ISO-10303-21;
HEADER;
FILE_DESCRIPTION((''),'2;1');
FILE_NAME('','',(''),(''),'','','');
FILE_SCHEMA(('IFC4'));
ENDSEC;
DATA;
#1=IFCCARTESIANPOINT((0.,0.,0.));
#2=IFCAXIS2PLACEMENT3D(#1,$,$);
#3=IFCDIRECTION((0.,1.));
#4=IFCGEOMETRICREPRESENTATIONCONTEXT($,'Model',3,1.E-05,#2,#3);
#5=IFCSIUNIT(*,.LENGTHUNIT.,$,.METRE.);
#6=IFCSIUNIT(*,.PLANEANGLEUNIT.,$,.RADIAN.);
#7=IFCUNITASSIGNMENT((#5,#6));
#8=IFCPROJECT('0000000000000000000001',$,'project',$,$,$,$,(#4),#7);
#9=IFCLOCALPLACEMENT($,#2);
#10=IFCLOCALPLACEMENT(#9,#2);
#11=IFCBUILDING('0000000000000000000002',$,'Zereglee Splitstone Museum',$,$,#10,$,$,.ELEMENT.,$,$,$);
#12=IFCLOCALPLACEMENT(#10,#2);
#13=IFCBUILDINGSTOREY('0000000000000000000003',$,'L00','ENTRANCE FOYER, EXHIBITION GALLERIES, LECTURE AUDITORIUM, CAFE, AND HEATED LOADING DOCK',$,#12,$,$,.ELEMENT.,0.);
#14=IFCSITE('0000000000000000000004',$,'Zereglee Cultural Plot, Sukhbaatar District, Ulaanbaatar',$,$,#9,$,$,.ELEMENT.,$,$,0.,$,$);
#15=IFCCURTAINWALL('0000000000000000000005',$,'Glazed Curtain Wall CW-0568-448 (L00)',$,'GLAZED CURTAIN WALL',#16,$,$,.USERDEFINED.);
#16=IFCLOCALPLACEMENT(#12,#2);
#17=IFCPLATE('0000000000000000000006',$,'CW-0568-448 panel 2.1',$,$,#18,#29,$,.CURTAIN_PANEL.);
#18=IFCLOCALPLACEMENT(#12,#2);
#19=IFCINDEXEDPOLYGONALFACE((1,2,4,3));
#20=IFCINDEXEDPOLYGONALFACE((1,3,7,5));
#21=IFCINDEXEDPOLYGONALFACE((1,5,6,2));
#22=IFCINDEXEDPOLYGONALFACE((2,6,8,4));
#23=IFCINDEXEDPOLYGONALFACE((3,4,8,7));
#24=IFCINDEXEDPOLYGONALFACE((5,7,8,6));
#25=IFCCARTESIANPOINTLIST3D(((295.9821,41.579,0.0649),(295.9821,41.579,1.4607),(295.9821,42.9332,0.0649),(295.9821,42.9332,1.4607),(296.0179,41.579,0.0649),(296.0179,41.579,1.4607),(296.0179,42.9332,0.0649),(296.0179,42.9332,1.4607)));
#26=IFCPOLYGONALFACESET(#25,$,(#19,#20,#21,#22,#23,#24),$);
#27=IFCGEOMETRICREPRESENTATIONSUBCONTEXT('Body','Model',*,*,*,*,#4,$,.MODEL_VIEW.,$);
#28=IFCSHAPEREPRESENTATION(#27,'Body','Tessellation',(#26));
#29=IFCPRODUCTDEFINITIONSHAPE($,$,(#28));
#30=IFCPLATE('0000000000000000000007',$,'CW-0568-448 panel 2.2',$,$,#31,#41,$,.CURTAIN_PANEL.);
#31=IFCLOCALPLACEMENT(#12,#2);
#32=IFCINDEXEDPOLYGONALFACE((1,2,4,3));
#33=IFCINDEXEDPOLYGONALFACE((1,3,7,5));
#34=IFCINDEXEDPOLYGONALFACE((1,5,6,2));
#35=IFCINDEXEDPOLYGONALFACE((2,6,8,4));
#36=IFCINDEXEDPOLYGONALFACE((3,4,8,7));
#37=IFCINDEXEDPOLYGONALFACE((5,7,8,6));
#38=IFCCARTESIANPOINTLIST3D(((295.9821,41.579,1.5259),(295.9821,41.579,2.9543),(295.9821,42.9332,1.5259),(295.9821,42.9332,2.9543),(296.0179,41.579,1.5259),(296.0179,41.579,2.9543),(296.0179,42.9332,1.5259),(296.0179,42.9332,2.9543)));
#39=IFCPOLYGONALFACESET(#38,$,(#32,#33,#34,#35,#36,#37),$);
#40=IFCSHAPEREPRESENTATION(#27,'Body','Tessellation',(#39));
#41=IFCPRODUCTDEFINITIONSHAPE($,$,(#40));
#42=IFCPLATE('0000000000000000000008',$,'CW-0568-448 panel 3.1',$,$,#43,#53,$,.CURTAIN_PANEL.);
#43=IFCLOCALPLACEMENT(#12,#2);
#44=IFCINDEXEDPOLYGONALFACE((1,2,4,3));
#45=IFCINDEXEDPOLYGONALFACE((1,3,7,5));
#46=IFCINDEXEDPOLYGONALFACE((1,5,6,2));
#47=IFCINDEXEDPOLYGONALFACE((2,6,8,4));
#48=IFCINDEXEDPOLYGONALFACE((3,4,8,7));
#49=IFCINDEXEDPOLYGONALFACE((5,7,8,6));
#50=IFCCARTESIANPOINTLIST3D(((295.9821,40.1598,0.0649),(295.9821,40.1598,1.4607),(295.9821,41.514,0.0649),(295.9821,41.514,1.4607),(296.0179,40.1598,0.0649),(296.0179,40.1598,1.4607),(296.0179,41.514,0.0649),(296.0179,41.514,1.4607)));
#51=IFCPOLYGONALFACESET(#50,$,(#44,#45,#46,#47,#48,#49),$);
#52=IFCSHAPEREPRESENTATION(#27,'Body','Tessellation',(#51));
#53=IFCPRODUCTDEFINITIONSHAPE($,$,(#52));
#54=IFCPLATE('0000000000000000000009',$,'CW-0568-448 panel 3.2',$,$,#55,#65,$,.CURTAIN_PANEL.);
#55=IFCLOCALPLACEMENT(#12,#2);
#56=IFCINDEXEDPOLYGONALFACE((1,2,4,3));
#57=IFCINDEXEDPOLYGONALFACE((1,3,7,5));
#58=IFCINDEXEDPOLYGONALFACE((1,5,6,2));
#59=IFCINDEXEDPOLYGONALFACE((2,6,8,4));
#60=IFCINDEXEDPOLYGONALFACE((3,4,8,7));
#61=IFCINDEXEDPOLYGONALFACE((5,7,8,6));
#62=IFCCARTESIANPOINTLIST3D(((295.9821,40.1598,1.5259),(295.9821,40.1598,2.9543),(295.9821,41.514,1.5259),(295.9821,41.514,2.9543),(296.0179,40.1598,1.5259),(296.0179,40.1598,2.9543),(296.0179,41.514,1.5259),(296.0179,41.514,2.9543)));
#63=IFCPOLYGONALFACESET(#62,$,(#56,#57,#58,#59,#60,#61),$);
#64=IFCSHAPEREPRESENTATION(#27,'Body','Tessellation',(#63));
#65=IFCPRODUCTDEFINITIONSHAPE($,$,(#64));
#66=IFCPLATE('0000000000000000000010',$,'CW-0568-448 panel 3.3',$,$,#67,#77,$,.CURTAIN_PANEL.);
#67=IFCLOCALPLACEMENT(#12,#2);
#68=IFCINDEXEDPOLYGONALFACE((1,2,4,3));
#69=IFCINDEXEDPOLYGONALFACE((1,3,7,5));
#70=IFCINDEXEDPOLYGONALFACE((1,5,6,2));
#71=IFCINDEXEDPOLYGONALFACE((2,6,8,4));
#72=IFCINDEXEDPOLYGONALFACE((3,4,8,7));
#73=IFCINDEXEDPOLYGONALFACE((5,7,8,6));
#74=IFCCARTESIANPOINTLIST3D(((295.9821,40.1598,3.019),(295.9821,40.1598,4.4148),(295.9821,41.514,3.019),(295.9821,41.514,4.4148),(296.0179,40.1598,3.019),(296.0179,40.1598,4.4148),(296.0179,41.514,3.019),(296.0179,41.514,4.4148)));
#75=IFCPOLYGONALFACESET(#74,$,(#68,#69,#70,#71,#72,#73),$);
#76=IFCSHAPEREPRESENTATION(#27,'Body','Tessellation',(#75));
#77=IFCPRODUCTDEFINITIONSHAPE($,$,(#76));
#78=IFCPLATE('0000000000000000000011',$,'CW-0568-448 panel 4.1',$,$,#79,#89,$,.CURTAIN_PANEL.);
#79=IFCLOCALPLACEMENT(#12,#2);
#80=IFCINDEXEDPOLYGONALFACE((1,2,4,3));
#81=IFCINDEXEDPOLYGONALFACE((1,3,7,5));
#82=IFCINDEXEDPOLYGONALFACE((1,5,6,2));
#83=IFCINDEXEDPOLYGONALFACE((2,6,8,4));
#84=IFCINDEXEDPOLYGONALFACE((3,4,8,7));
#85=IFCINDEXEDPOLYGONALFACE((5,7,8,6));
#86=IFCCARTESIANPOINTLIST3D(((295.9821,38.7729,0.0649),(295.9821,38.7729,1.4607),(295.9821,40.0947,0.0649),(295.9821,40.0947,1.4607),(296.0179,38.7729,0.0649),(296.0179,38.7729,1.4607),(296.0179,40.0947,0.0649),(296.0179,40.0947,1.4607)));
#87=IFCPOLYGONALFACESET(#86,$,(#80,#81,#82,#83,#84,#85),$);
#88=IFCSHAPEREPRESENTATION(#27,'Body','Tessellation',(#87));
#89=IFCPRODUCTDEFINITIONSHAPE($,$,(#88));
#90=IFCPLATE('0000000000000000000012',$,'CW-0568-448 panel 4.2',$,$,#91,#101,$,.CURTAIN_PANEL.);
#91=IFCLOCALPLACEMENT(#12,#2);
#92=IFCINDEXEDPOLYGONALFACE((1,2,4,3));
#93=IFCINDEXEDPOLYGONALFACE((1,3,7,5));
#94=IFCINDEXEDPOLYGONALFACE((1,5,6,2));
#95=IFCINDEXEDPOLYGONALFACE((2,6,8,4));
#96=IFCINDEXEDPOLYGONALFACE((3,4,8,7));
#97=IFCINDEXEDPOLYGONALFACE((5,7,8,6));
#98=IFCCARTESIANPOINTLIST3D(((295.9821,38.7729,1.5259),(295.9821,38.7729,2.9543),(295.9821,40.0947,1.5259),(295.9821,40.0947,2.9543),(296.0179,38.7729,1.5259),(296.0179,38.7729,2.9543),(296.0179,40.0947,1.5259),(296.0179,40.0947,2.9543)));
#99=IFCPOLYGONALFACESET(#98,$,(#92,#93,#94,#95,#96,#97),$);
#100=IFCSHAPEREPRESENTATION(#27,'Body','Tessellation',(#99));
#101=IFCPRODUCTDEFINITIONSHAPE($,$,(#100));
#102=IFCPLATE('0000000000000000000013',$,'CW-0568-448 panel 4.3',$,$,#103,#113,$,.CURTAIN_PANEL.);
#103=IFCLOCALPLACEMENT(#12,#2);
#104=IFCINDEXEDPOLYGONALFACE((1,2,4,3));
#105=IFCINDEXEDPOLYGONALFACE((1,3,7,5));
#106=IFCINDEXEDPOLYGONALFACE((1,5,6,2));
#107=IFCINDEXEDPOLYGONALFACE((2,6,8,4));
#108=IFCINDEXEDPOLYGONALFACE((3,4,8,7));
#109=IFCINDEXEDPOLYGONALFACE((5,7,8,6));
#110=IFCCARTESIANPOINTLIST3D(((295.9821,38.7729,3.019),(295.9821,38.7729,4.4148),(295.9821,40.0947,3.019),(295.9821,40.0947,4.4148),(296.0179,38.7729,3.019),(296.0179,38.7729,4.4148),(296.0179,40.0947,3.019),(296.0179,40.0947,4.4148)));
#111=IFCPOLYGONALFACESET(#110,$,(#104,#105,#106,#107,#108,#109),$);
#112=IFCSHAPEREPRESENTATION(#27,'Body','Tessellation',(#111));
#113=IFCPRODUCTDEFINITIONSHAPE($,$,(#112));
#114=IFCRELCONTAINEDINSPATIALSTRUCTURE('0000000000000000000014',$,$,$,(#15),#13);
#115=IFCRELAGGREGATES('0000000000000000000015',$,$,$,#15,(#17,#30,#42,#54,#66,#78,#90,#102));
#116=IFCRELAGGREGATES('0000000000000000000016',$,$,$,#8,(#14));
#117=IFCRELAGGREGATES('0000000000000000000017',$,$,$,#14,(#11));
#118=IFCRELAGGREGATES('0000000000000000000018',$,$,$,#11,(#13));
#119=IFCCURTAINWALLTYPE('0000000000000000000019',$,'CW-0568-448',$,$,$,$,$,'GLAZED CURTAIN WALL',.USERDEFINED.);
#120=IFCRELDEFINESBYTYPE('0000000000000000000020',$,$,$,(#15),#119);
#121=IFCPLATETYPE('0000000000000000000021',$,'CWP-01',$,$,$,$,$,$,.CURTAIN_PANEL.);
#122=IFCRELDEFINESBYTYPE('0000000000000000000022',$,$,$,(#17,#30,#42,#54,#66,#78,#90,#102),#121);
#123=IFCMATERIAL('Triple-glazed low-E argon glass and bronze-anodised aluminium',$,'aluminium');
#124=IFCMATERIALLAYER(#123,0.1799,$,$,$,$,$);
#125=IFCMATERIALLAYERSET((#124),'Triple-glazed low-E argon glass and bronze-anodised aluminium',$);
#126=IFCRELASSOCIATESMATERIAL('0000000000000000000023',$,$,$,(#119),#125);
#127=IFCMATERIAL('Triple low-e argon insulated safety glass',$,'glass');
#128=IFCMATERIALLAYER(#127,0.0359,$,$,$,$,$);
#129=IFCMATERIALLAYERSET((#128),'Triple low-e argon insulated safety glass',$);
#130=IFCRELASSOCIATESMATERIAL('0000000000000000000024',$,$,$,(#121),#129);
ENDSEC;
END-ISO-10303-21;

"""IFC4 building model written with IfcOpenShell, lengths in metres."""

from ifc_helpers import new_model, si_unit, direction, frame, origin, origin_2d, place, context, subcontext, project, spatial, rectangle, extrude, material, layer, layer_set, type_object, element, aggregate, save


model = new_model("IFC4")

# Units and contexts
model_context = context("Model", 3, precision=1e-05, world=origin(), true_north=direction((0.0, 1.0)))
body_context = subcontext(model_context, "Body", "Model", "MODEL_VIEW")
ifc_project = project(units=[si_unit("LENGTHUNIT", "METRE"), si_unit("PLANEANGLEUNIT", "RADIAN")], contexts=[model_context])

# Site, building, storey
site_placement = place(None, origin())
site = spatial("IfcSite", under=ifc_project, at=site_placement, Name="Zereglee Cultural Plot, Sukhbaatar District, Ulaanbaatar", CompositionType="ELEMENT", RefElevation=0.0)
building_placement = place(site_placement, origin())
building = spatial("IfcBuilding", under=site, at=building_placement, Name="Zereglee Splitstone Museum", CompositionType="ELEMENT")
storey_placement = place(building_placement, origin())
storey = spatial("IfcBuildingStorey", under=building, at=storey_placement, Name="L00", Description="ENTRANCE FOYER, EXHIBITION GALLERIES, LECTURE AUDITORIUM, CAFE, AND HEATED LOADING DOCK", CompositionType="ELEMENT", Elevation=0.0)

# Curtain wall
ifc_material_1 = material(Name="Triple-glazed low-E argon glass and bronze-anodised aluminium", Category="aluminium")
ifc_layer_1 = layer(ifc_material_1, 0.1799)
ifc_layer_set_1 = layer_set([ifc_layer_1], Name="Triple-glazed low-E argon glass and bronze-anodised aluminium")
curtain_wall_type = type_object("IfcCurtainWallType", Name="CW-0568-448", ElementType="GLAZED CURTAIN WALL", PredefinedType="USERDEFINED", material=ifc_layer_set_1)
curtain_wall_placement = place(storey_placement, origin())
curtain_wall = element("IfcCurtainWall", 1, at=curtain_wall_placement, inside=storey, type_object=curtain_wall_type, Name="Glazed Curtain Wall CW-0568-448 (L00)", ObjectType="GLAZED CURTAIN WALL", PredefinedType="USERDEFINED")

# Plates
ifc_material_2 = material(Name="Triple low-e argon insulated safety glass", Category="glass")
ifc_layer_2 = layer(ifc_material_2, 0.0359)
ifc_layer_set_2 = layer_set([ifc_layer_2], Name="Triple low-e argon insulated safety glass")
plate_type = type_object("IfcPlateType", Name="CWP-01", PredefinedType="CURTAIN_PANEL", material=ifc_layer_set_2)
plate_1_placement = place(storey_placement, frame((296.0, 42.2561, 0.0649), z_axis=(0.0, 0.0, 1.0), x_axis=(0.0, -1.0, 0.0)))
plate_1 = element("IfcPlate", 2, at=plate_1_placement, type_object=plate_type, Name="CW-0568-448 panel 2.1", PredefinedType="CURTAIN_PANEL", context=body_context, shape_type="SweptSolid", body=[
    extrude(rectangle(XDim=1.3542, YDim=0.0359, at=origin_2d()), origin(), (0.0, 0.0, 1.0), 1.3958),
])
plate_2_placement = place(storey_placement, frame((296.0, 42.2561, 1.5259), z_axis=(0.0, 0.0, 1.0), x_axis=(0.0, -1.0, 0.0)))
plate_2 = element("IfcPlate", 3, at=plate_2_placement, type_object=plate_type, Name="CW-0568-448 panel 2.2", PredefinedType="CURTAIN_PANEL", context=body_context, shape_type="SweptSolid", body=[
    extrude(rectangle(XDim=1.3542, YDim=0.0359, at=origin_2d()), origin(), (0.0, 0.0, 1.0), 1.4285),
])
plate_3_placement = place(storey_placement, frame((296.0, 40.8369, 0.0649), z_axis=(0.0, 0.0, 1.0), x_axis=(0.0, -1.0, 0.0)))
plate_3 = element("IfcPlate", 4, at=plate_3_placement, type_object=plate_type, Name="CW-0568-448 panel 3.1", PredefinedType="CURTAIN_PANEL", context=body_context, shape_type="SweptSolid", body=[
    extrude(rectangle(XDim=1.3542, YDim=0.0359, at=origin_2d()), origin(), (0.0, 0.0, 1.0), 1.3958),
])
plate_4_placement = place(storey_placement, frame((296.0, 40.8369, 1.5259), z_axis=(0.0, 0.0, 1.0), x_axis=(0.0, -1.0, 0.0)))
plate_4 = element("IfcPlate", 5, at=plate_4_placement, type_object=plate_type, Name="CW-0568-448 panel 3.2", PredefinedType="CURTAIN_PANEL", context=body_context, shape_type="SweptSolid", body=[
    extrude(rectangle(XDim=1.3542, YDim=0.0359, at=origin_2d()), origin(), (0.0, 0.0, 1.0), 1.4285),
])
plate_5_placement = place(storey_placement, frame((296.0, 40.8369, 3.019), z_axis=(0.0, 0.0, 1.0), x_axis=(0.0, -1.0, 0.0)))
plate_5 = element("IfcPlate", 6, at=plate_5_placement, type_object=plate_type, Name="CW-0568-448 panel 3.3", PredefinedType="CURTAIN_PANEL", context=body_context, shape_type="SweptSolid", body=[
    extrude(rectangle(XDim=1.3542, YDim=0.0359, at=origin_2d()), origin(), (0.0, 0.0, 1.0), 1.3958),
])
plate_6_placement = place(storey_placement, frame((296.0, 39.4338, 0.0649), z_axis=(0.0, 0.0, 1.0), x_axis=(0.0, -1.0, 0.0)))
plate_6 = element("IfcPlate", 7, at=plate_6_placement, type_object=plate_type, Name="CW-0568-448 panel 4.1", PredefinedType="CURTAIN_PANEL", context=body_context, shape_type="SweptSolid", body=[
    extrude(rectangle(XDim=1.3218, YDim=0.0359, at=origin_2d()), origin(), (0.0, 0.0, 1.0), 1.3958),
])
plate_7_placement = place(storey_placement, frame((296.0, 39.4338, 1.5259), z_axis=(0.0, 0.0, 1.0), x_axis=(0.0, -1.0, 0.0)))
plate_7 = element("IfcPlate", 8, at=plate_7_placement, type_object=plate_type, Name="CW-0568-448 panel 4.2", PredefinedType="CURTAIN_PANEL", context=body_context, shape_type="SweptSolid", body=[
    extrude(rectangle(XDim=1.3218, YDim=0.0359, at=origin_2d()), origin(), (0.0, 0.0, 1.0), 1.4285),
])
plate_8_placement = place(storey_placement, frame((296.0, 39.4338, 3.019), z_axis=(0.0, 0.0, 1.0), x_axis=(0.0, -1.0, 0.0)))
plate_8 = element("IfcPlate", 9, at=plate_8_placement, type_object=plate_type, Name="CW-0568-448 panel 4.3", PredefinedType="CURTAIN_PANEL", context=body_context, shape_type="SweptSolid", body=[
    extrude(rectangle(XDim=1.3218, YDim=0.0359, at=origin_2d()), origin(), (0.0, 0.0, 1.0), 1.3958),
])
aggregate(curtain_wall, [plate_1, plate_2, plate_3, plate_4, plate_5, plate_6, plate_7, plate_8])

save(model, "model.ifc")
